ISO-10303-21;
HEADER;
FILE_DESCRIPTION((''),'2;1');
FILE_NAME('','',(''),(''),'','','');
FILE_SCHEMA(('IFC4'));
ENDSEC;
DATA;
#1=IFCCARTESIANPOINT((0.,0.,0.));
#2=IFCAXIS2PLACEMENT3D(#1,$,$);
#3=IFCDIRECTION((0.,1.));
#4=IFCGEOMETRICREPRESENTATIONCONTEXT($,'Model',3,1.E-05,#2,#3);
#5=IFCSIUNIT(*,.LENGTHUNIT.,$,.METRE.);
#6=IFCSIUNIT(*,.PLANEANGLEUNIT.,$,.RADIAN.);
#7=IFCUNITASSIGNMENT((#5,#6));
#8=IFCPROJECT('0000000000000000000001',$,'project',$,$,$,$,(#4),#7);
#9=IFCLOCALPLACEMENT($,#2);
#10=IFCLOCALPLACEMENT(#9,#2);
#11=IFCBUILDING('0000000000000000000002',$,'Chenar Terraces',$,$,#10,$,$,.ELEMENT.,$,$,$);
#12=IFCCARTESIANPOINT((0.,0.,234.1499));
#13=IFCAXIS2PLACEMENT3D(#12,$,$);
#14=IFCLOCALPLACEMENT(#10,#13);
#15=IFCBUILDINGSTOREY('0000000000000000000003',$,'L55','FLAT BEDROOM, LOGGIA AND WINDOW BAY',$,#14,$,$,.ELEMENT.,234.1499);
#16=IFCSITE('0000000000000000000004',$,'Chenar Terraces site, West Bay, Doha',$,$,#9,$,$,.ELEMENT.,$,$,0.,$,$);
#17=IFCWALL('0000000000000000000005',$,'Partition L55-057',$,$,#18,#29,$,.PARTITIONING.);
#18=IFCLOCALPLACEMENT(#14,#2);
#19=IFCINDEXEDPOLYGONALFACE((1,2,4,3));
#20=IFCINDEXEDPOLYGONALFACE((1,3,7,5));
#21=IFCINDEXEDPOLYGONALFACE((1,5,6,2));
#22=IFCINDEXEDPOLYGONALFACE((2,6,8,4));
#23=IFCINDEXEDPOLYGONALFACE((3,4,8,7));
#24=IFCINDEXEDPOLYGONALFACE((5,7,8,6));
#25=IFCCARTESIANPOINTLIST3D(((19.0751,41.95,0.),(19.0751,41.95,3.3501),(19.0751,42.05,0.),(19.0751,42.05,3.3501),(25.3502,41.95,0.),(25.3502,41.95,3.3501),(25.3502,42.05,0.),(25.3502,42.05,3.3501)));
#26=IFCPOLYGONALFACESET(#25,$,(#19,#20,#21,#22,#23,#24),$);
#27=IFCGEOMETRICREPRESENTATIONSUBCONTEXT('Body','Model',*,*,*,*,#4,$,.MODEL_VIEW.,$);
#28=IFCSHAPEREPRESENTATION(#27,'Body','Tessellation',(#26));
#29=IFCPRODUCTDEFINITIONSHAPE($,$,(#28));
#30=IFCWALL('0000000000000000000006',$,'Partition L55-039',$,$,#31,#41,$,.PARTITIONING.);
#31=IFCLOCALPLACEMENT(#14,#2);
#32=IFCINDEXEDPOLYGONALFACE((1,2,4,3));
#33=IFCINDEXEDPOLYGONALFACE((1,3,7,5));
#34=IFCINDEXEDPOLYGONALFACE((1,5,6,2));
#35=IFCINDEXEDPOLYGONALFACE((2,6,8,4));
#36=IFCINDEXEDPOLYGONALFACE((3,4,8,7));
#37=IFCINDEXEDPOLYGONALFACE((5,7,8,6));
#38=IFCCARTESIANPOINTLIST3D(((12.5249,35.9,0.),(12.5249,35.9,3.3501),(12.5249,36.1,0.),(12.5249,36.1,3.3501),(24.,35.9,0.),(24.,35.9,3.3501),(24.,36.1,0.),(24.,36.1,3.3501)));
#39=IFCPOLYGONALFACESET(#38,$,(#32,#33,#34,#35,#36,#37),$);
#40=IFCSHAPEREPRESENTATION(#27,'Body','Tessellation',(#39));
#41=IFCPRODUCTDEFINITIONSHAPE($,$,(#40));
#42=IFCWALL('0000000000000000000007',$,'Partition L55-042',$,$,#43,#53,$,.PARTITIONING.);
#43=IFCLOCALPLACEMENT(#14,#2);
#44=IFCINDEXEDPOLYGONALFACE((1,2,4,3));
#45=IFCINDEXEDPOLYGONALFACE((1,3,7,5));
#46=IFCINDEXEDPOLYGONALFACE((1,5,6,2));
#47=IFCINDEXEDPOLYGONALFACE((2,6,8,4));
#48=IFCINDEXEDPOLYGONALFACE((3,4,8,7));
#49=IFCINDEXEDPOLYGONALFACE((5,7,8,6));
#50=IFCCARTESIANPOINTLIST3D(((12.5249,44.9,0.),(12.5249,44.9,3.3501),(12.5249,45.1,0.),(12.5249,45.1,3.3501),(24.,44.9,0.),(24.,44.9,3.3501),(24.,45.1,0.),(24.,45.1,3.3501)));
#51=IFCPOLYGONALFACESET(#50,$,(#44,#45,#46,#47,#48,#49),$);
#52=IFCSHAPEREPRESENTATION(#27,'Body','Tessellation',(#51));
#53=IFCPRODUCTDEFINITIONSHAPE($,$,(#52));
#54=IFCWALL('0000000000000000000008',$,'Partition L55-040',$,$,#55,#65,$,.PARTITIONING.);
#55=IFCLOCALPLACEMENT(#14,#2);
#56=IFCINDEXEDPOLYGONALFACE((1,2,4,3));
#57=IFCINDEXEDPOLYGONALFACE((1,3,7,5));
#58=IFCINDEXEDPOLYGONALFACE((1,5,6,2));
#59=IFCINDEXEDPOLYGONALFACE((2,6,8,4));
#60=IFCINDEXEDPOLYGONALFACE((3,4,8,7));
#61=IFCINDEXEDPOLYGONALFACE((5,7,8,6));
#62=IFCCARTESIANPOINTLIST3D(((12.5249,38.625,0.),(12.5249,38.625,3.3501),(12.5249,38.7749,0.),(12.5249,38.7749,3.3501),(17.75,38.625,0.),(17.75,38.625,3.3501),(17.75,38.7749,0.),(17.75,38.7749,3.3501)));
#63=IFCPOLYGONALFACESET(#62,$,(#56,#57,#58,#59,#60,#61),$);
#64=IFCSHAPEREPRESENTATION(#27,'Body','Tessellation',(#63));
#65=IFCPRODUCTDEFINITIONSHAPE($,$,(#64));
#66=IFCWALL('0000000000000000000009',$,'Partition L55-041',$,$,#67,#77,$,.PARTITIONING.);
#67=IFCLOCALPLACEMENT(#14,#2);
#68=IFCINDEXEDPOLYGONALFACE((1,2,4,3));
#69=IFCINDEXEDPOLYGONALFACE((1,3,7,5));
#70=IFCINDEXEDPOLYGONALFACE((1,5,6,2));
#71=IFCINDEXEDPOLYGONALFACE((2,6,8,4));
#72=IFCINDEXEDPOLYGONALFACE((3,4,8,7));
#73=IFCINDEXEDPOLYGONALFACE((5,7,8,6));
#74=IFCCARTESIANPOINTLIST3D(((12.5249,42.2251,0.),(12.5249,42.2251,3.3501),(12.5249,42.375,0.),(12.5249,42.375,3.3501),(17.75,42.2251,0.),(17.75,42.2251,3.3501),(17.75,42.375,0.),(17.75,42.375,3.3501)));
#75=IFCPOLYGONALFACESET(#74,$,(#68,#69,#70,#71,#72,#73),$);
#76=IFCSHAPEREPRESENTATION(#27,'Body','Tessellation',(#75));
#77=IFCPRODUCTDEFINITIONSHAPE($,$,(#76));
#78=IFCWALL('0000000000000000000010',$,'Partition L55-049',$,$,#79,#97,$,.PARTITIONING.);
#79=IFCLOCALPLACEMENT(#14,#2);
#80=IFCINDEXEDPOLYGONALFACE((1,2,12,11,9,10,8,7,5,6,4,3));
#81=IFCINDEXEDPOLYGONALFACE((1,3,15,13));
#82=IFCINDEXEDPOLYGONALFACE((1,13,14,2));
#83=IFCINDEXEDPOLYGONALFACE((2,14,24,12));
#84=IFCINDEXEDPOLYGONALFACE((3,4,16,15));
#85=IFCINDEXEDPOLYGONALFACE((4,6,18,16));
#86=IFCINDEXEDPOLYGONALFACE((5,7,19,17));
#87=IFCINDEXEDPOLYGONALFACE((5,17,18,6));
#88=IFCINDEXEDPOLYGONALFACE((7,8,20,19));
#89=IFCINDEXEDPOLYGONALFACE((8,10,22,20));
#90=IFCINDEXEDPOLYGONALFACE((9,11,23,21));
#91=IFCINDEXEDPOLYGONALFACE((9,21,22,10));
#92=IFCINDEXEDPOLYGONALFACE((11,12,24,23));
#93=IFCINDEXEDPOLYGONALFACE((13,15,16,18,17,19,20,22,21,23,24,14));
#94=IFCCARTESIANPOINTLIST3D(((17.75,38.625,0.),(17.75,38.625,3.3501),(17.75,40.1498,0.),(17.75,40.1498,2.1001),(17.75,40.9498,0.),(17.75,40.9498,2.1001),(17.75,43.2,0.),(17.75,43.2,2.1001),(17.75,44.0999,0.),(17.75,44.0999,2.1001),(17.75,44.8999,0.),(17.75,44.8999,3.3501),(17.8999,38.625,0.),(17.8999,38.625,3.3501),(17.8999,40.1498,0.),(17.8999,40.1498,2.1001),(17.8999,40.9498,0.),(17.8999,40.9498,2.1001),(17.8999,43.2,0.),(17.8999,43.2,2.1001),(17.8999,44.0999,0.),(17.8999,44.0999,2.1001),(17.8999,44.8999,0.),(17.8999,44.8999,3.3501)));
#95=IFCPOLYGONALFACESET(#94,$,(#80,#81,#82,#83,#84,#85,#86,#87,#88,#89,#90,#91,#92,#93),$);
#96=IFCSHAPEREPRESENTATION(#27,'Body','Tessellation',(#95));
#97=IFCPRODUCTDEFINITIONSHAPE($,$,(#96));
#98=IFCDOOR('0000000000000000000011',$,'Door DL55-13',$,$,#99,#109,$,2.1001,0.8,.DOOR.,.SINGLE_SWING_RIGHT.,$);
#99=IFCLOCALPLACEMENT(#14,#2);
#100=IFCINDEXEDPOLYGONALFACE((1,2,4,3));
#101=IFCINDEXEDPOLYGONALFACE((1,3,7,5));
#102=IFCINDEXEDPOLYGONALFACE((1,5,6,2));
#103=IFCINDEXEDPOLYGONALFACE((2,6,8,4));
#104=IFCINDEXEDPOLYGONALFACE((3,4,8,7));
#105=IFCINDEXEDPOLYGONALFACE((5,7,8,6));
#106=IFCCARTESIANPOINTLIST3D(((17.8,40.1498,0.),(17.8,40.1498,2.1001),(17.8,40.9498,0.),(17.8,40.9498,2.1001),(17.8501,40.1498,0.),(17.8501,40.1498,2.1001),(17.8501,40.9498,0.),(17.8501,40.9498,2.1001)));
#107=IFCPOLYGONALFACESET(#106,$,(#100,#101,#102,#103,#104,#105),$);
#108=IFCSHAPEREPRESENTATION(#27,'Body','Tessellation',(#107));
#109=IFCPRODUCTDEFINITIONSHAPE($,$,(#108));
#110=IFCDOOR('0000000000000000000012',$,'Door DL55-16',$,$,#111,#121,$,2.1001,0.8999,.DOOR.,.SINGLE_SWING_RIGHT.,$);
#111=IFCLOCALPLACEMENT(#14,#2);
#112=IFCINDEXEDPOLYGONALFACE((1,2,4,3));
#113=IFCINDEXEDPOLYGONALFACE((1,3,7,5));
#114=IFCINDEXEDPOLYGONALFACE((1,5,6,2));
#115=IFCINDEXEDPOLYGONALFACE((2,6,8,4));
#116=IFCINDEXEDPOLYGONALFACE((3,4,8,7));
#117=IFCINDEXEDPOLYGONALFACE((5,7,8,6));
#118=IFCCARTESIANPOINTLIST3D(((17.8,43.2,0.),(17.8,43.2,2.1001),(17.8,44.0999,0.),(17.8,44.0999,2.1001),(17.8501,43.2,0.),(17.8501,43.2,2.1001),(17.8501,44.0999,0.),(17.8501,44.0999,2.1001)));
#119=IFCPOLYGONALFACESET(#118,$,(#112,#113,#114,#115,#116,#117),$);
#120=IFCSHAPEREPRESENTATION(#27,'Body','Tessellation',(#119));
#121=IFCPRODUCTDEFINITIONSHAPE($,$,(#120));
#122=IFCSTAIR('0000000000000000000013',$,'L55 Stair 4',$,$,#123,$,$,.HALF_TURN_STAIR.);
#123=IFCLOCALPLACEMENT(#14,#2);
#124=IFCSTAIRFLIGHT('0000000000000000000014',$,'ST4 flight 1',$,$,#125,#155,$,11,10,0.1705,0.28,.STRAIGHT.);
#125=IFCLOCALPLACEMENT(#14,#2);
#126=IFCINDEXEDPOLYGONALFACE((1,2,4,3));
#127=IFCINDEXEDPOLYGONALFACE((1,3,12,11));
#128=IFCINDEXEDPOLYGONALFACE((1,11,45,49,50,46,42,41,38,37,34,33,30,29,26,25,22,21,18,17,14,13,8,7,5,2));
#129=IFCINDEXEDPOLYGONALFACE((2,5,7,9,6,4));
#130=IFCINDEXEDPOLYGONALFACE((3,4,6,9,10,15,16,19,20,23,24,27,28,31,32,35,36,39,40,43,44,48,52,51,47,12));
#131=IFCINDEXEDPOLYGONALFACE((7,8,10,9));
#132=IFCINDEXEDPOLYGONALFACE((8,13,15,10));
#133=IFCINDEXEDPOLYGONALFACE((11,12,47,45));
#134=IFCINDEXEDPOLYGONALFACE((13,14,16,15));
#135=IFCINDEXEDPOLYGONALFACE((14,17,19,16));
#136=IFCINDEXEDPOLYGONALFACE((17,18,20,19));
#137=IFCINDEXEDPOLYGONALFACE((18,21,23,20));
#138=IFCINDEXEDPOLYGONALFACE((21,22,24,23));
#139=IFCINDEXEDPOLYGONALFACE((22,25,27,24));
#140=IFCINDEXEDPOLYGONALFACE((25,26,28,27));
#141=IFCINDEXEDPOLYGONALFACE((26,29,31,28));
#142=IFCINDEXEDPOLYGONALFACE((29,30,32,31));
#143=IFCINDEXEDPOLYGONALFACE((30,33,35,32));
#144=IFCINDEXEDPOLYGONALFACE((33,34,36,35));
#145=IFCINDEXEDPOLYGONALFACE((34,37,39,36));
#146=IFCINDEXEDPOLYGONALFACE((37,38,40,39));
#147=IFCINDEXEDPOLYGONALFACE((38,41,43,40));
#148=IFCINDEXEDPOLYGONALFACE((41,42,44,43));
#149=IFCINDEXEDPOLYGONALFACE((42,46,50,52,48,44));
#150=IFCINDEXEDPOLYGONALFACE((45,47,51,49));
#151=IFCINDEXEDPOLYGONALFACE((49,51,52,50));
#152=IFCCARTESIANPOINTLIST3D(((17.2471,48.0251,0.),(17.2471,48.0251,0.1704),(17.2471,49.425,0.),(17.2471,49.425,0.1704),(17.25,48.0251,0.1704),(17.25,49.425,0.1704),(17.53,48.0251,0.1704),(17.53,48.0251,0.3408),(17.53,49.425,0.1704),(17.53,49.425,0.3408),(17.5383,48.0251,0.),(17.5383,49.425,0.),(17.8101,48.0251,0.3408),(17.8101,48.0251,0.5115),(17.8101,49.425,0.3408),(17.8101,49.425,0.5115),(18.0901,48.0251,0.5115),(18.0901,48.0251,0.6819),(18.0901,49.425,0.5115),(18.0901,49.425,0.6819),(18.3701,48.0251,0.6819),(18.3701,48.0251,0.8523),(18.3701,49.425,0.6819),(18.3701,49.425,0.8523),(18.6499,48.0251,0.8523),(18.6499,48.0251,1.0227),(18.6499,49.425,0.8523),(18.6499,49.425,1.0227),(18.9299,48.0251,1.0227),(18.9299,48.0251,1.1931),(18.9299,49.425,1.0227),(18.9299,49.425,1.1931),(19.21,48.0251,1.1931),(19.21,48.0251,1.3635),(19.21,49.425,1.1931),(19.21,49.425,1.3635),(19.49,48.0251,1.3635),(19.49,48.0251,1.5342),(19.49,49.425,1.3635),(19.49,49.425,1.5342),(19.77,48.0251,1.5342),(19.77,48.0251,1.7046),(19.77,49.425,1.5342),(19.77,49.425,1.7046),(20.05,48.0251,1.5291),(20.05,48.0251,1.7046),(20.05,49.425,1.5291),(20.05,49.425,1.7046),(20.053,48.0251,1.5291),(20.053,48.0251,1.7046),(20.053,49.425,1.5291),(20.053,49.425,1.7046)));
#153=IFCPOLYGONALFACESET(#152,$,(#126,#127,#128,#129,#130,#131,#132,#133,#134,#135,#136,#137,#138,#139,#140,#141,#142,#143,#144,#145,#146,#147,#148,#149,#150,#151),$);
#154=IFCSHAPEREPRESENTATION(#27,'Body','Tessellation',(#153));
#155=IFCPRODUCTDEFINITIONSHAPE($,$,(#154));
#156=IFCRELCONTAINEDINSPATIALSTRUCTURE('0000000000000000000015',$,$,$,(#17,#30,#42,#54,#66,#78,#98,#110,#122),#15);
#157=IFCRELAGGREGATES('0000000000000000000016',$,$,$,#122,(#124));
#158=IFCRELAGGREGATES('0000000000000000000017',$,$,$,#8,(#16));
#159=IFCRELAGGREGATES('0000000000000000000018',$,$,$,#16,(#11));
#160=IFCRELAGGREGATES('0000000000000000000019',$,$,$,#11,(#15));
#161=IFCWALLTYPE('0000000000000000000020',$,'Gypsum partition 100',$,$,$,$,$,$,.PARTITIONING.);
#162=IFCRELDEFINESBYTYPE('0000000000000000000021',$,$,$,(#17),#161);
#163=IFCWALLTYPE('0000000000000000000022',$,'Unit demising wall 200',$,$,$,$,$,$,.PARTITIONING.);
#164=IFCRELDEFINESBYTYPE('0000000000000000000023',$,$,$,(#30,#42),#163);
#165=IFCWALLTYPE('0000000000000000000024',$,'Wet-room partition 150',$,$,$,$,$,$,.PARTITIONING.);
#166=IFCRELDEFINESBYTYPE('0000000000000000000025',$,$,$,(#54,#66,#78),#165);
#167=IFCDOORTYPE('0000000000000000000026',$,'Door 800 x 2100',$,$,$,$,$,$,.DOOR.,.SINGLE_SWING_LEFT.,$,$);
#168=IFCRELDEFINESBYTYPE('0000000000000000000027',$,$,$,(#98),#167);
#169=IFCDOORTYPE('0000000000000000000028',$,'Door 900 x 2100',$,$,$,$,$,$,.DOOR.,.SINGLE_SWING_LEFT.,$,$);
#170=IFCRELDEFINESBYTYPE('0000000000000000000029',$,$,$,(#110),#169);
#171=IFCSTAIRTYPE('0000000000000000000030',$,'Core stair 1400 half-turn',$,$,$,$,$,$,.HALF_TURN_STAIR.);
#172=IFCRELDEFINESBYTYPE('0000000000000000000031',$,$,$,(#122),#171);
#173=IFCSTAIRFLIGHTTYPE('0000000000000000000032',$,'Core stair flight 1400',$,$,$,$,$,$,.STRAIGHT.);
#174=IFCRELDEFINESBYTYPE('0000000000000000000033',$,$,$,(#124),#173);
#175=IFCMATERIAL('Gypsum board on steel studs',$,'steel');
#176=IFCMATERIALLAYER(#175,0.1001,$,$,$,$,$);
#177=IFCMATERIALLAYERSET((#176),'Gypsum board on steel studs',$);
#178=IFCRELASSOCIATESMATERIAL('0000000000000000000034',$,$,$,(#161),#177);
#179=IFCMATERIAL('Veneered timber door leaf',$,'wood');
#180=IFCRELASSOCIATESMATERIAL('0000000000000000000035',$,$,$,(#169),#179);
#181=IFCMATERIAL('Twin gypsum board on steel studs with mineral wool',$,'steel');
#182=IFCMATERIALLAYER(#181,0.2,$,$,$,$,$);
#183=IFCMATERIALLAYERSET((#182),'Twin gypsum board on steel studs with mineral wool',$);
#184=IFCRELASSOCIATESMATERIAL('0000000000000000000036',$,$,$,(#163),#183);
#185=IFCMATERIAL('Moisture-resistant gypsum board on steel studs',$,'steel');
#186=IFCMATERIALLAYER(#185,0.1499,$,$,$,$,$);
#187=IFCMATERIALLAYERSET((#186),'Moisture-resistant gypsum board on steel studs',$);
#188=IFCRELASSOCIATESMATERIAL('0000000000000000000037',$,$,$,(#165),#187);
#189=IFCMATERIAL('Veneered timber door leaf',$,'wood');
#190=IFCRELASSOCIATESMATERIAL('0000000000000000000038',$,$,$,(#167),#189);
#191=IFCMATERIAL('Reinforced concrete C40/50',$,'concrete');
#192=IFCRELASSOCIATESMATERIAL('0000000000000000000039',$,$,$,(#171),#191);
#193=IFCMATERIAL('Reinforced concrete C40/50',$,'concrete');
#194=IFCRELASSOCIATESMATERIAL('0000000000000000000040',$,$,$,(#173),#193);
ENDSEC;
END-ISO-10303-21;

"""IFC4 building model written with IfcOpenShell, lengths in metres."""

from ifc_helpers import new_model, si_unit, direction, frame, frame_2d, origin, place, context, subcontext, project, spatial, polyline, rectangle, outline, extrude, material, layer, layer_set, type_object, element, fill, aggregate, save


model = new_model("IFC4")

# Units and contexts
model_context = context("Model", 3, precision=1e-05, world=origin(), true_north=direction((0.0, 1.0)))
body_context = subcontext(model_context, "Body", "Model", "MODEL_VIEW")
ifc_project = project(units=[si_unit("LENGTHUNIT", "METRE"), si_unit("PLANEANGLEUNIT", "RADIAN")], contexts=[model_context])

# Site, building, storey
site_placement = place(None, origin())
site = spatial("IfcSite", under=ifc_project, at=site_placement, Name="Chenar Terraces site, West Bay, Doha", CompositionType="ELEMENT", RefElevation=0.0)
building_placement = place(site_placement, origin())
building = spatial("IfcBuilding", under=site, at=building_placement, Name="Chenar Terraces", CompositionType="ELEMENT")
storey_placement = place(building_placement, frame((0.0, 0.0, 234.1499)))
storey = spatial("IfcBuildingStorey", under=building, at=storey_placement, Name="L55", Description="FLAT BEDROOM, LOGGIA AND WINDOW BAY", CompositionType="ELEMENT", Elevation=234.1499)

# Shared definitions
ifc_material_1 = material(Name="Gypsum board on steel studs", Category="steel")
ifc_layer_1 = layer(ifc_material_1, 0.1001)
ifc_layer_set_1 = layer_set([ifc_layer_1], Name="Gypsum board on steel studs")
wall_type_1 = type_object("IfcWallType", Name="Gypsum partition 100", PredefinedType="PARTITIONING", material=ifc_layer_set_1)
ifc_material_2 = material(Name="Veneered timber door leaf", Category="wood")
door_type_1 = type_object("IfcDoorType", Name="Door 900 x 2100", OperationType="SINGLE_SWING_LEFT", PredefinedType="DOOR", material=ifc_material_2)

# Walls
wall_1_placement = place(storey_placement, frame((19.075, 42.0, 0.0), z_axis=(0.0, 0.0, 1.0), x_axis=(1.0, 0.0, 0.0)))
element("IfcWall", 1, at=wall_1_placement, inside=storey, type_object=wall_type_1, Name="Partition L55-057", PredefinedType="PARTITIONING", context=body_context, shape_type="SweptSolid", body=[
    extrude(rectangle(XDim=6.2751, YDim=0.1001, at=frame_2d((3.1377, 0.0))), origin(), (0.0, 0.0, 1.0), 3.3501),
])
ifc_material_3 = material(Name="Twin gypsum board on steel studs with mineral wool", Category="steel")
ifc_layer_2 = layer(ifc_material_3, 0.2)
ifc_layer_set_2 = layer_set([ifc_layer_2], Name="Twin gypsum board on steel studs with mineral wool")
wall_type_2 = type_object("IfcWallType", Name="Unit demising wall 200", PredefinedType="PARTITIONING", material=ifc_layer_set_2)
for number, where, z_axis, x_axis, name in (
    (2, (12.5249, 36.0, 0.0), (0.0, 0.0, 1.0), (1.0, 0.0, 0.0), "Partition L55-039"),
    (3, (12.5249, 45.0, 0.0), (0.0, 0.0, 1.0), (1.0, 0.0, 0.0), "Partition L55-042"),
):
    element("IfcWall", number, at=place(storey_placement, frame(where, z_axis=z_axis, x_axis=x_axis)), inside=storey, type_object=wall_type_2, Name=name, PredefinedType="PARTITIONING", context=body_context, shape_type="SweptSolid", body=[
        extrude(rectangle(XDim=11.4751, YDim=0.2, at=frame_2d((5.7375, 0.0))), origin(), (0.0, 0.0, 1.0), 3.3501),
    ])
ifc_material_4 = material(Name="Moisture-resistant gypsum board on steel studs", Category="steel")
ifc_layer_3 = layer(ifc_material_4, 0.1499)
ifc_layer_set_3 = layer_set([ifc_layer_3], Name="Moisture-resistant gypsum board on steel studs")
wall_type_3 = type_object("IfcWallType", Name="Wet-room partition 150", PredefinedType="PARTITIONING", material=ifc_layer_set_3)
for number, where, z_axis, x_axis, name in (
    (4, (12.5249, 38.7, 0.0), (0.0, 0.0, 1.0), (1.0, 0.0, 0.0), "Partition L55-040"),
    (5, (12.5249, 42.3, 0.0), (0.0, 0.0, 1.0), (1.0, 0.0, 0.0), "Partition L55-041"),
):
    element("IfcWall", number, at=place(storey_placement, frame(where, z_axis=z_axis, x_axis=x_axis)), inside=storey, type_object=wall_type_3, Name=name, PredefinedType="PARTITIONING", context=body_context, shape_type="SweptSolid", body=[
        extrude(rectangle(XDim=5.2251, YDim=0.1499, at=frame_2d((2.6125, 0.0))), origin(), (0.0, 0.0, 1.0), 3.3501),
    ])

# Wall, openings, doors
wall_2_placement = place(storey_placement, frame((17.825, 38.625, 0.0), z_axis=(0.0, 0.0, 1.0), x_axis=(0.0, 1.0, 0.0)))
wall_2 = element("IfcWall", 6, at=wall_2_placement, inside=storey, type_object=wall_type_3, Name="Partition L55-049", PredefinedType="PARTITIONING", context=body_context, shape_type="SweptSolid", body=[
    extrude(rectangle(XDim=6.2749, YDim=0.1499, at=frame_2d((3.1375, 0.0))), origin(), (0.0, 0.0, 1.0), 3.3501),
])
opening_1_placement = place(wall_2_placement, frame((1.5249, 0.0, 0.0)))
opening_1 = element("IfcOpeningElement", 7, at=opening_1_placement, cuts=wall_2, PredefinedType="OPENING", context=body_context, shape_type="SweptSolid", body=[
    extrude(rectangle(XDim=0.8, YDim=2.1001, at=frame_2d((0.3999, 1.05))), frame((0.0, 0.085, 0.0), z_axis=(0.0, -1.0, 0.0), x_axis=(1.0, 0.0, 0.0)), (0.0, 0.0, 1.0), 0.1699),
])
opening_2_placement = place(wall_2_placement, frame((4.575, 0.0, 0.0)))
opening_2 = element("IfcOpeningElement", 8, at=opening_2_placement, cuts=wall_2, PredefinedType="OPENING", context=body_context, shape_type="SweptSolid", body=[
    extrude(rectangle(XDim=0.8999, YDim=2.1001, at=frame_2d((0.45, 1.05))), frame((0.0, 0.085, 0.0), z_axis=(0.0, -1.0, 0.0), x_axis=(1.0, 0.0, 0.0)), (0.0, 0.0, 1.0), 0.1699),
])
ifc_material_5 = material(Name="Veneered timber door leaf", Category="wood")
door_type_2 = type_object("IfcDoorType", Name="Door 800 x 2100", OperationType="SINGLE_SWING_LEFT", PredefinedType="DOOR", material=ifc_material_5)
door_1_placement = place(opening_1_placement, origin())
door_1 = element("IfcDoor", 9, at=door_1_placement, inside=storey, type_object=door_type_2, Name="Door DL55-13", OperationType="SINGLE_SWING_RIGHT", OverallHeight=2.1001, OverallWidth=0.8, PredefinedType="DOOR", context=body_context, shape_type="SweptSolid", body=[
    extrude(rectangle(XDim=0.8, YDim=2.1001, at=frame_2d((0.3999, 1.05))), frame((0.0, 0.0249, 0.0), z_axis=(0.0, -1.0, 0.0), x_axis=(1.0, 0.0, 0.0)), (0.0, 0.0, 1.0), 0.05),
])
fill(opening_1, door_1)
door_2_placement = place(opening_2_placement, origin())
door_2 = element("IfcDoor", 10, at=door_2_placement, inside=storey, type_object=door_type_1, Name="Door DL55-16", OperationType="SINGLE_SWING_RIGHT", OverallHeight=2.1001, OverallWidth=0.8999, PredefinedType="DOOR", context=body_context, shape_type="SweptSolid", body=[
    extrude(rectangle(XDim=0.8999, YDim=2.1001, at=frame_2d((0.45, 1.05))), frame((0.0, 0.0249, 0.0), z_axis=(0.0, -1.0, 0.0), x_axis=(1.0, 0.0, 0.0)), (0.0, 0.0, 1.0), 0.05),
])
fill(opening_2, door_2)

# Stair, stair flight
ifc_material_6 = material(Name="Reinforced concrete C40/50", Category="concrete")
stair_type = type_object("IfcStairType", Name="Core stair 1400 half-turn", PredefinedType="HALF_TURN_STAIR", material=ifc_material_6)
stair_placement = place(storey_placement, origin())
stair = element("IfcStair", 11, at=stair_placement, inside=storey, type_object=stair_type, Name="L55 Stair 4", PredefinedType="HALF_TURN_STAIR")
ifc_material_7 = material(Name="Reinforced concrete C40/50", Category="concrete")
stair_flight_type = type_object("IfcStairFlightType", Name="Core stair flight 1400", PredefinedType="STRAIGHT", material=ifc_material_7)
stair_flight_placement = place(storey_placement, frame((17.25, 48.7251, 0.0), z_axis=(0.0, 0.0, 1.0), x_axis=(1.0, 0.0, 0.0)))
stair_flight = element("IfcStairFlight", 12, at=stair_flight_placement, type_object=stair_flight_type, Name="ST4 flight 1", NumberOfRisers=11, NumberOfTreads=10, PredefinedType="STRAIGHT", RiserHeight=0.1705, TreadLength=0.28, context=body_context, shape_type="SweptSolid", body=[
    extrude(outline(polyline([(-0.0029, 0.0), (-0.0029, 0.1704), (0.0, 0.1704), (0.28, 0.1704), (0.28, 0.3408), (0.5601, 0.3408), (0.5601, 0.5115), (0.8401, 0.5115), (0.8401, 0.6819), (1.1201, 0.6819), (1.1201, 0.8523), (1.3999, 0.8523), (1.3999, 1.0227), (1.6799, 1.0227), (1.6799, 1.1931), (1.96, 1.1931), (1.96, 1.3635), (2.24, 1.3635), (2.24, 1.5342), (2.52, 1.5342), (2.52, 1.7046), (2.8, 1.7046), (2.803, 1.7046), (2.803, 1.5291), (2.8, 1.5291), (0.2883, 0.0), (-0.0029, 0.0)])), frame((0.0, 0.7, 0.0), z_axis=(0.0, -1.0, 0.0), x_axis=(1.0, 0.0, 0.0)), (0.0, 0.0, 1.0), 1.3999),
])
aggregate(stair, [stair_flight])

save(model, "model.ifc")
